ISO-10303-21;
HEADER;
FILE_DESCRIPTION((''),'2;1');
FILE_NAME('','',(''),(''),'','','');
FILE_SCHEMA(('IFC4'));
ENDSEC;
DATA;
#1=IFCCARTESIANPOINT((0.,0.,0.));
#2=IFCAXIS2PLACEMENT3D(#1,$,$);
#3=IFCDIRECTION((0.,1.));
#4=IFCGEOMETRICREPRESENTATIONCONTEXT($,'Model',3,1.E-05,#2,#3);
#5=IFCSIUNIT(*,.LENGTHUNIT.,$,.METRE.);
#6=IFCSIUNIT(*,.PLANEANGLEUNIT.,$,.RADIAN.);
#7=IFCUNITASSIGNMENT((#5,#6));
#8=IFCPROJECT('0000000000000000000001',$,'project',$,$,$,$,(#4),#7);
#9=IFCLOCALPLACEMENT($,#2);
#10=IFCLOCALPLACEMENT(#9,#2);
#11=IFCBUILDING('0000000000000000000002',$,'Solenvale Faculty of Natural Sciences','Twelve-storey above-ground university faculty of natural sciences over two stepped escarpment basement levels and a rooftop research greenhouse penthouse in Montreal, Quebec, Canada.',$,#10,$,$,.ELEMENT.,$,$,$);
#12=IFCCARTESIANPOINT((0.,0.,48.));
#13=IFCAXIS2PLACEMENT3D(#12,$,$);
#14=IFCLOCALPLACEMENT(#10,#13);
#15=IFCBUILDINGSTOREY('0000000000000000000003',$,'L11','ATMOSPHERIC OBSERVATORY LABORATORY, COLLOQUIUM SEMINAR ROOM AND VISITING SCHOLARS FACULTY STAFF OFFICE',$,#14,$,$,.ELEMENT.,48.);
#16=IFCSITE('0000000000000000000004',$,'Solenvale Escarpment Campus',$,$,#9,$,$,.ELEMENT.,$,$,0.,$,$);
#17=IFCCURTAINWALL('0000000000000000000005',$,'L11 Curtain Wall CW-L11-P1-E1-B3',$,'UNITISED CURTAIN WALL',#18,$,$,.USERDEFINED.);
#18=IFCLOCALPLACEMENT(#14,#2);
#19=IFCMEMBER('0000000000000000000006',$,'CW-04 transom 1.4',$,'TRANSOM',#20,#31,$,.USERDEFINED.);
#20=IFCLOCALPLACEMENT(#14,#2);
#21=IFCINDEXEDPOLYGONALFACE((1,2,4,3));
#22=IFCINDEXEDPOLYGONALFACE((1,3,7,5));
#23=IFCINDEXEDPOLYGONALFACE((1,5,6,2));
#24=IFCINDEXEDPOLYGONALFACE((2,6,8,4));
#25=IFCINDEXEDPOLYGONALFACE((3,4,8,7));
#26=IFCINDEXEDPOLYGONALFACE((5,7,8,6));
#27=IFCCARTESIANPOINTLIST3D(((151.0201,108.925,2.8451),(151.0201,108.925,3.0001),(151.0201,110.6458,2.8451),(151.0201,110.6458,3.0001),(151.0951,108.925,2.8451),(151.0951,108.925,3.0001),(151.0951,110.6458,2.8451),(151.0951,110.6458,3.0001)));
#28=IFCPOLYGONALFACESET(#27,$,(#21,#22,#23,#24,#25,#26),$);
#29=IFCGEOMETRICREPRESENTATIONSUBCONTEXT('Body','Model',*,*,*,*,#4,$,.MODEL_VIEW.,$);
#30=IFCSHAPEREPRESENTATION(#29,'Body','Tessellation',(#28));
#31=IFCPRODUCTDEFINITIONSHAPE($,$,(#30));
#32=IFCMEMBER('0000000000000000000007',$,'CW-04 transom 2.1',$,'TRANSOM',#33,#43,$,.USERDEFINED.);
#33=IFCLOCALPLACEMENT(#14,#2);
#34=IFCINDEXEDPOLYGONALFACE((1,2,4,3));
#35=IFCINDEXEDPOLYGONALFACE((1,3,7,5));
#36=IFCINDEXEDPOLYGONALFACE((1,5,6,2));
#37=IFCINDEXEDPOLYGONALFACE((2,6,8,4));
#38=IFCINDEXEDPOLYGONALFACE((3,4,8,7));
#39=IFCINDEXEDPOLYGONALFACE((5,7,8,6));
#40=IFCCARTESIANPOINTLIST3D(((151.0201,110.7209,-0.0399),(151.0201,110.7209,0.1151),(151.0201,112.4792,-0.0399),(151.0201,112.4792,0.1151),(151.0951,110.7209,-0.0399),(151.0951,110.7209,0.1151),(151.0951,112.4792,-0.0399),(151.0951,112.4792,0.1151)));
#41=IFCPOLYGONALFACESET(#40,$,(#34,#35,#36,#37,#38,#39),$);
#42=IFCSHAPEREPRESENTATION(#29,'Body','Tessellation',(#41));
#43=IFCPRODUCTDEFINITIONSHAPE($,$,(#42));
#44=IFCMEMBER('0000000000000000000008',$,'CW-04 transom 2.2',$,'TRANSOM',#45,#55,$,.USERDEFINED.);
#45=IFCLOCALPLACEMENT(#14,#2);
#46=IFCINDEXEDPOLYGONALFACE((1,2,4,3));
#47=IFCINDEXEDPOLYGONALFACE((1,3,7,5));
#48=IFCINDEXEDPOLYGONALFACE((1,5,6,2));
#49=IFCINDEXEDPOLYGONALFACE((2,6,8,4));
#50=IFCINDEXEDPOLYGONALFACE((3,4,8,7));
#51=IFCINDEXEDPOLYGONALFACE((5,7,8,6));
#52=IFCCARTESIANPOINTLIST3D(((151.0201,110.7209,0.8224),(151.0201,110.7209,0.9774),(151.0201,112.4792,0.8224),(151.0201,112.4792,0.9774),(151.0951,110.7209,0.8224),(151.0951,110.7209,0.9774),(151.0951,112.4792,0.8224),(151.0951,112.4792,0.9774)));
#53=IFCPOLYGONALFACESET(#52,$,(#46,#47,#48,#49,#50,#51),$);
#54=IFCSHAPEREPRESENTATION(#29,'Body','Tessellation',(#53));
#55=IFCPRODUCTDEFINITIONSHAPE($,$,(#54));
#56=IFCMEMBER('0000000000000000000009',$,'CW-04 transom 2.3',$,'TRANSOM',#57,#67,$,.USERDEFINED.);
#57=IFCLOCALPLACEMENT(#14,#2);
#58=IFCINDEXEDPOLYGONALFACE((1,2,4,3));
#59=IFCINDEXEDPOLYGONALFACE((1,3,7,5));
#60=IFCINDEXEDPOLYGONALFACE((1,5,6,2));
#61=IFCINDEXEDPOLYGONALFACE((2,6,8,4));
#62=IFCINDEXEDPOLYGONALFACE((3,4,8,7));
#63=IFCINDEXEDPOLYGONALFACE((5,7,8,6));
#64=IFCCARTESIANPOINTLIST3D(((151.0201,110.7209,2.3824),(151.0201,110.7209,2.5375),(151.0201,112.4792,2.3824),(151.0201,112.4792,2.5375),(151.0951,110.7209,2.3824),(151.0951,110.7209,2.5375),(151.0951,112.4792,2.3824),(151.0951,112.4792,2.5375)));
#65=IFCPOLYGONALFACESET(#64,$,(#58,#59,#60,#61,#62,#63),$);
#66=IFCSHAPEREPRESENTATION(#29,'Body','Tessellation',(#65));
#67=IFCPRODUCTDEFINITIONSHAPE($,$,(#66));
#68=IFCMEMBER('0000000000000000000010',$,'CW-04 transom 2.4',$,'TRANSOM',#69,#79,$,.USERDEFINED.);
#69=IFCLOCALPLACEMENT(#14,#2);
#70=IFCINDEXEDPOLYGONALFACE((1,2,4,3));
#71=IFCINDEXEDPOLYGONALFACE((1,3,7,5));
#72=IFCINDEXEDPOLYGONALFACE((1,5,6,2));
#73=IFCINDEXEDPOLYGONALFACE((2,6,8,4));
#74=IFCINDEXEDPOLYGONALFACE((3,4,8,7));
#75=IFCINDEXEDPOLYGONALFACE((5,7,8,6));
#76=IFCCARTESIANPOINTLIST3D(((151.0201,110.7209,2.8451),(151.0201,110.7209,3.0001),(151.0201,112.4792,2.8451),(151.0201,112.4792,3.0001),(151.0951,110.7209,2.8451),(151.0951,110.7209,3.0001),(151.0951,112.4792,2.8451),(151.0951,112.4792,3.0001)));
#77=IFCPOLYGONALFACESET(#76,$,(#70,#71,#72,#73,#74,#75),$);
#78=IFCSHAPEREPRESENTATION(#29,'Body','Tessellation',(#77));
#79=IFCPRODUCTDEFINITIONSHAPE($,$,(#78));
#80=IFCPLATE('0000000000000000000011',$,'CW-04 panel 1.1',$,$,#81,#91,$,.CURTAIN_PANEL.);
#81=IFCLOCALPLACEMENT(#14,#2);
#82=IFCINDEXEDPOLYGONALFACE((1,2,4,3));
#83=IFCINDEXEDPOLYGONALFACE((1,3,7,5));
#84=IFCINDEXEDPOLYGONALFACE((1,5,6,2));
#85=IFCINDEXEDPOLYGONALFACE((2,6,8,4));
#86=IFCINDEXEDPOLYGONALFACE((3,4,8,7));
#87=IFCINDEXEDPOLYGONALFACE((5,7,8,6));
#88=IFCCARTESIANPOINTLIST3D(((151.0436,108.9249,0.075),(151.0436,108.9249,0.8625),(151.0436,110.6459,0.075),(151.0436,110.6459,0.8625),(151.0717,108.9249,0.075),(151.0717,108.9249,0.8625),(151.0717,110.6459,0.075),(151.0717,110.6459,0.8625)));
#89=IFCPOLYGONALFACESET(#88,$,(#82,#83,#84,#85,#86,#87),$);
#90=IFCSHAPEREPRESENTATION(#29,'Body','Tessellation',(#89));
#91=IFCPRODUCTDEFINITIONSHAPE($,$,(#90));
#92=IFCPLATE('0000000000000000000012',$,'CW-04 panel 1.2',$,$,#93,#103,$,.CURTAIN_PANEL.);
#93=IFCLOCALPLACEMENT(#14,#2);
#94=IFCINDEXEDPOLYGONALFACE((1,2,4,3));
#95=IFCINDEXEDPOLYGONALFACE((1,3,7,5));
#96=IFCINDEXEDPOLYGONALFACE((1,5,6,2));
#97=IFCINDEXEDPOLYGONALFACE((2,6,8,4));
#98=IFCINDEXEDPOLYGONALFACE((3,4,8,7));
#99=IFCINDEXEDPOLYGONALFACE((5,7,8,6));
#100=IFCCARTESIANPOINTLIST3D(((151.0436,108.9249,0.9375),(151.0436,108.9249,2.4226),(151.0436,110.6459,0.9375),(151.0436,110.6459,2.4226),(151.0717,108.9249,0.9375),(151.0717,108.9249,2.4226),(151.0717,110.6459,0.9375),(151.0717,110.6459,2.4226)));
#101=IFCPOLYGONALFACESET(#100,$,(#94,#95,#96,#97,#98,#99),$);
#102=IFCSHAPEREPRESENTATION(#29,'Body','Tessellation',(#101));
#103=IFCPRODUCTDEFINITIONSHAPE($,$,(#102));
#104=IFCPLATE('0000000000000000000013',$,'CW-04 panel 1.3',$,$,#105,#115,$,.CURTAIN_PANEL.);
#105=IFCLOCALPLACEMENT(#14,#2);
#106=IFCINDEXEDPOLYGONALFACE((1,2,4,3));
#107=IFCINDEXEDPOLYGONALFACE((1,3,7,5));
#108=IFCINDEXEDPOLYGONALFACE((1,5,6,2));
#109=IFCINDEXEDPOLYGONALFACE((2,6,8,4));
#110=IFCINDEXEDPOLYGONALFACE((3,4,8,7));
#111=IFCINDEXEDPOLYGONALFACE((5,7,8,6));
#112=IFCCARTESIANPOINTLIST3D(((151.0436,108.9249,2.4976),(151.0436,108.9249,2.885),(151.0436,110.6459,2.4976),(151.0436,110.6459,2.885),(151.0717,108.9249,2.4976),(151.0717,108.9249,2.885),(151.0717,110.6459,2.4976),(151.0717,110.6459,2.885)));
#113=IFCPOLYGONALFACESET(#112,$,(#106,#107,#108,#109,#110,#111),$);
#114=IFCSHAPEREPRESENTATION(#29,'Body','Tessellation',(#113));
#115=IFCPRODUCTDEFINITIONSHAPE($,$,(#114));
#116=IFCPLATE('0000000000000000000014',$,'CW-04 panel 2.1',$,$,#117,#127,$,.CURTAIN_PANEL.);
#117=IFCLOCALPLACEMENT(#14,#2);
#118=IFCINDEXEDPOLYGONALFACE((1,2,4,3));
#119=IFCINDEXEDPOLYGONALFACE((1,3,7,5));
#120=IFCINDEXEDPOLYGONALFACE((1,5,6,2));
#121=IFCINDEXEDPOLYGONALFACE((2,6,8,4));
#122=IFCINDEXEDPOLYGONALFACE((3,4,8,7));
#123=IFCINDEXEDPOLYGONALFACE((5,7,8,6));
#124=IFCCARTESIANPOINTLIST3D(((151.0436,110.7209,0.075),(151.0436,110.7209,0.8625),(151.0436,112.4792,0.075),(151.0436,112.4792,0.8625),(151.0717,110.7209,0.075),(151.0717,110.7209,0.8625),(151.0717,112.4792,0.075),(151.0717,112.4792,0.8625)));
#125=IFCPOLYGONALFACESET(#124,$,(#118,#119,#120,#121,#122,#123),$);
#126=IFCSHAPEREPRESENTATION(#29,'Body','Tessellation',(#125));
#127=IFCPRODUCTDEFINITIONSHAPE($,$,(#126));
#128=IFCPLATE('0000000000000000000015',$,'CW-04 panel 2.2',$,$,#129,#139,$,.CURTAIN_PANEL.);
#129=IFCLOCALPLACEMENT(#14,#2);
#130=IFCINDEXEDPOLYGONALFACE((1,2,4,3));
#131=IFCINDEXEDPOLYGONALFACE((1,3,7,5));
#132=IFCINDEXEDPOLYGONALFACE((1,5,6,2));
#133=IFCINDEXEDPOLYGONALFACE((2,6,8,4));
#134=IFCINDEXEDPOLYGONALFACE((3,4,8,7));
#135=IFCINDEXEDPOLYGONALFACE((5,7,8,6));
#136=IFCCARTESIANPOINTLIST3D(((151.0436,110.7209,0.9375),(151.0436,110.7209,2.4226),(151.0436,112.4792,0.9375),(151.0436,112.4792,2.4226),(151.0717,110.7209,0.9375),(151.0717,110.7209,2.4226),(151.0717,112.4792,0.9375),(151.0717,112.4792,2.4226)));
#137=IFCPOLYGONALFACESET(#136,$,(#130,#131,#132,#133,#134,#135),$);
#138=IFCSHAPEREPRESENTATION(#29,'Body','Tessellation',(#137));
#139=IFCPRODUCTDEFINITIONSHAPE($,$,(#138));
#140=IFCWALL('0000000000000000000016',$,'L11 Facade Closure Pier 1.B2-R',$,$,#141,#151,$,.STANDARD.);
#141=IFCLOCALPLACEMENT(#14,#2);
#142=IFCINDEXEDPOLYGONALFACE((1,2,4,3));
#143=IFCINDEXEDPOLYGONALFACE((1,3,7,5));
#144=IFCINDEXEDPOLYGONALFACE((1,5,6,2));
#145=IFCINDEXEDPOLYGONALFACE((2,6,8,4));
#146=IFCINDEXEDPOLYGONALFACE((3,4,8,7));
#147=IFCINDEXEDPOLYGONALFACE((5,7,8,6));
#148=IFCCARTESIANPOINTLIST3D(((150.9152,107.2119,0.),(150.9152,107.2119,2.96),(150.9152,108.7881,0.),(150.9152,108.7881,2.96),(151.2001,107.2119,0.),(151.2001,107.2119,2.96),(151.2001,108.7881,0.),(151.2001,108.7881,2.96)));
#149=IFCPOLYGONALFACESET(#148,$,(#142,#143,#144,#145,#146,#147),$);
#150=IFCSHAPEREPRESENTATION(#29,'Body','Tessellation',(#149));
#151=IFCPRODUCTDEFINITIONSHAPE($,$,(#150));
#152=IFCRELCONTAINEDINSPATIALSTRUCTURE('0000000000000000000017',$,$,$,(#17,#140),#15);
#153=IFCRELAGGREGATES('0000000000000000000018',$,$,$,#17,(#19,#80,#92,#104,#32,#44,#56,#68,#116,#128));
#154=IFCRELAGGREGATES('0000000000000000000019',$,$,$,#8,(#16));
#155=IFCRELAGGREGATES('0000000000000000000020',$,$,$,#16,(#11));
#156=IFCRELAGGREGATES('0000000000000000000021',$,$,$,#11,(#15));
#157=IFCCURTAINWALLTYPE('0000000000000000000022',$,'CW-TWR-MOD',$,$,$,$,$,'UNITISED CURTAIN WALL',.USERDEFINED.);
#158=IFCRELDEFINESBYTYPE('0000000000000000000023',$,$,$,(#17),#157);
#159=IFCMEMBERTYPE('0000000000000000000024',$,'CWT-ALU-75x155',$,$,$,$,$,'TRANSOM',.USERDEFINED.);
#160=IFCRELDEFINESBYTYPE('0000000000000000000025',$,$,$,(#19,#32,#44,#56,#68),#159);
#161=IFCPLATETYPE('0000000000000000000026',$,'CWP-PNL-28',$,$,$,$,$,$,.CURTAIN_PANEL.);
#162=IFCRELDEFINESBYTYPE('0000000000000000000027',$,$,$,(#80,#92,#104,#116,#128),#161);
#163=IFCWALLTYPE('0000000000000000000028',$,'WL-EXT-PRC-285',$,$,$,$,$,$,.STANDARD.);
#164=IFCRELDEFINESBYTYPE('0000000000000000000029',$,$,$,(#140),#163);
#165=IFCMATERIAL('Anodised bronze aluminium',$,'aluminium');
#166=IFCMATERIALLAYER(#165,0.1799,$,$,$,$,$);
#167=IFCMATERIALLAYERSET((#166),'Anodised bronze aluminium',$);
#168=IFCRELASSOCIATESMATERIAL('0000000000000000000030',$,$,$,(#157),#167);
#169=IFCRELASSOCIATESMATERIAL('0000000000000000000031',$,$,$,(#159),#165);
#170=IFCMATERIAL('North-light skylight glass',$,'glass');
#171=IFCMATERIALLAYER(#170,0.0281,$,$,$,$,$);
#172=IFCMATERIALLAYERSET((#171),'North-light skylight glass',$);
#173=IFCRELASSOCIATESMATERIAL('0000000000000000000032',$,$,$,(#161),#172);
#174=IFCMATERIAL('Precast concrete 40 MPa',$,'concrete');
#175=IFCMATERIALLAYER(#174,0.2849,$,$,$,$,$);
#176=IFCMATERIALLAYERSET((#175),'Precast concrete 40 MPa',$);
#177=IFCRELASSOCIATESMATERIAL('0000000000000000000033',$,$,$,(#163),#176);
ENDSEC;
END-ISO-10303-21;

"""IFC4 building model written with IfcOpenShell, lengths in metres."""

from ifc_helpers import new_model, si_unit, direction, frame, frame_2d, origin, origin_2d, place, context, subcontext, project, spatial, rectangle, extrude, material, layer, layer_set, material_profile, profile_set, type_object, element, aggregate, save


model = new_model("IFC4")

# Units and contexts
model_context = context("Model", 3, precision=1e-05, world=origin(), true_north=direction((0.0, 1.0)))
body_context = subcontext(model_context, "Body", "Model", "MODEL_VIEW")
ifc_project = project(units=[si_unit("LENGTHUNIT", "METRE"), si_unit("PLANEANGLEUNIT", "RADIAN")], contexts=[model_context])

# Site, building, storey
site_placement = place(None, origin())
site = spatial("IfcSite", under=ifc_project, at=site_placement, Name="Solenvale Escarpment Campus", CompositionType="ELEMENT", RefElevation=0.0)
building_placement = place(site_placement, origin())
building = spatial("IfcBuilding", under=site, at=building_placement, Name="Solenvale Faculty of Natural Sciences", Description="Twelve-storey above-ground university faculty of natural sciences over two stepped escarpment basement levels and a rooftop research greenhouse penthouse in Montreal, Quebec, Canada.", CompositionType="ELEMENT")
storey_placement = place(building_placement, frame((0.0, 0.0, 48.0)))
storey = spatial("IfcBuildingStorey", under=building, at=storey_placement, Name="L11", Description="ATMOSPHERIC OBSERVATORY LABORATORY, COLLOQUIUM SEMINAR ROOM AND VISITING SCHOLARS FACULTY STAFF OFFICE", CompositionType="ELEMENT", Elevation=48.0)

# Shared definitions
ifc_material_1 = material(Name="Anodised bronze aluminium", Category="aluminium")
ifc_layer_1 = layer(ifc_material_1, 0.1799)
ifc_layer_set_1 = layer_set([ifc_layer_1], Name="Anodised bronze aluminium")
curtain_wall_type = type_object("IfcCurtainWallType", Name="CW-TWR-MOD", ElementType="UNITISED CURTAIN WALL", PredefinedType="USERDEFINED", material=ifc_layer_set_1)

# Curtain wall, members, plates
curtain_wall_1_placement = place(storey_placement, origin())
curtain_wall_1 = element("IfcCurtainWall", 1, at=curtain_wall_1_placement, inside=storey, type_object=curtain_wall_type, Name="L11 Curtain Wall CW-L11-P1-E1-B3", ObjectType="UNITISED CURTAIN WALL", PredefinedType="USERDEFINED")
ifc_material_profile_1 = material_profile(ifc_material_1, rectangle(XDim=0.075, YDim=0.155, at=origin_2d()), Name="ALU-TRN-75x155")
ifc_profile_set_1 = profile_set([ifc_material_profile_1], Name="Anodised bronze aluminium")
member_type_1 = type_object("IfcMemberType", Name="CWT-ALU-75x155", ElementType="TRANSOM", PredefinedType="USERDEFINED", material=ifc_profile_set_1)
member_1_placement = place(storey_placement, frame((151.0576, 108.925, 2.9226), z_axis=(0.0, 1.0, 0.0), x_axis=(-1.0, 0.0, 0.0)))
member_1 = element("IfcMember", 2, at=member_1_placement, type_object=member_type_1, Name="CW-04 transom 1.4", ObjectType="TRANSOM", PredefinedType="USERDEFINED", context=body_context, shape_type="SweptSolid", body=[
    extrude(rectangle(XDim=0.075, YDim=0.155, at=origin_2d()), origin(), (0.0, 0.0, 1.0), 1.7207),
])
member_2_placement = place(storey_placement, frame((151.0576, 110.7209, 0.0376), z_axis=(0.0, 1.0, 0.0), x_axis=(-1.0, 0.0, 0.0)))
member_2 = element("IfcMember", 3, at=member_2_placement, type_object=member_type_1, Name="CW-04 transom 2.1", ObjectType="TRANSOM", PredefinedType="USERDEFINED", context=body_context, shape_type="SweptSolid", body=[
    extrude(rectangle(XDim=0.075, YDim=0.155, at=origin_2d()), origin(), (0.0, 0.0, 1.0), 1.7583),
])
member_3_placement = place(storey_placement, frame((151.0576, 110.7209, 0.8999), z_axis=(0.0, 1.0, 0.0), x_axis=(-1.0, 0.0, 0.0)))
member_3 = element("IfcMember", 4, at=member_3_placement, type_object=member_type_1, Name="CW-04 transom 2.2", ObjectType="TRANSOM", PredefinedType="USERDEFINED", context=body_context, shape_type="SweptSolid", body=[
    extrude(rectangle(XDim=0.075, YDim=0.155, at=origin_2d()), origin(), (0.0, 0.0, 1.0), 1.7583),
])
member_4_placement = place(storey_placement, frame((151.0576, 110.7209, 2.46), z_axis=(0.0, 1.0, 0.0), x_axis=(-1.0, 0.0, 0.0)))
member_4 = element("IfcMember", 5, at=member_4_placement, type_object=member_type_1, Name="CW-04 transom 2.3", ObjectType="TRANSOM", PredefinedType="USERDEFINED", context=body_context, shape_type="SweptSolid", body=[
    extrude(rectangle(XDim=0.075, YDim=0.155, at=origin_2d()), origin(), (0.0, 0.0, 1.0), 1.7583),
])
member_5_placement = place(storey_placement, frame((151.0576, 110.7209, 2.9226), z_axis=(0.0, 1.0, 0.0), x_axis=(-1.0, 0.0, 0.0)))
member_5 = element("IfcMember", 6, at=member_5_placement, type_object=member_type_1, Name="CW-04 transom 2.4", ObjectType="TRANSOM", PredefinedType="USERDEFINED", context=body_context, shape_type="SweptSolid", body=[
    extrude(rectangle(XDim=0.075, YDim=0.155, at=origin_2d()), origin(), (0.0, 0.0, 1.0), 1.7583),
])
ifc_material_2 = material(Name="North-light skylight glass", Category="glass")
ifc_layer_2 = layer(ifc_material_2, 0.0281)
ifc_layer_set_2 = layer_set([ifc_layer_2], Name="North-light skylight glass")
plate_type = type_object("IfcPlateType", Name="CWP-PNL-28", PredefinedType="CURTAIN_PANEL", material=ifc_layer_set_2)
plate_1_placement = place(storey_placement, frame((151.0576, 109.7854, 0.075), z_axis=(0.0, 0.0, 1.0), x_axis=(0.0, 1.0, 0.0)))
plate_1 = element("IfcPlate", 7, at=plate_1_placement, type_object=plate_type, Name="CW-04 panel 1.1", PredefinedType="CURTAIN_PANEL", context=body_context, shape_type="SweptSolid", body=[
    extrude(rectangle(XDim=1.7209, YDim=0.0281, at=origin_2d()), origin(), (0.0, 0.0, 1.0), 0.7876),
])
plate_2_placement = place(storey_placement, frame((151.0576, 109.7854, 0.9375), z_axis=(0.0, 0.0, 1.0), x_axis=(0.0, 1.0, 0.0)))
plate_2 = element("IfcPlate", 8, at=plate_2_placement, type_object=plate_type, Name="CW-04 panel 1.2", PredefinedType="CURTAIN_PANEL", context=body_context, shape_type="SweptSolid", body=[
    extrude(rectangle(XDim=1.7209, YDim=0.0281, at=origin_2d()), origin(), (0.0, 0.0, 1.0), 1.4851),
])
plate_3_placement = place(storey_placement, frame((151.0576, 109.7854, 2.4976), z_axis=(0.0, 0.0, 1.0), x_axis=(0.0, 1.0, 0.0)))
plate_3 = element("IfcPlate", 9, at=plate_3_placement, type_object=plate_type, Name="CW-04 panel 1.3", PredefinedType="CURTAIN_PANEL", context=body_context, shape_type="SweptSolid", body=[
    extrude(rectangle(XDim=1.7209, YDim=0.0281, at=origin_2d()), origin(), (0.0, 0.0, 1.0), 0.3875),
])
plate_4_placement = place(storey_placement, frame((151.0576, 111.6001, 0.075), z_axis=(0.0, 0.0, 1.0), x_axis=(0.0, 1.0, 0.0)))
plate_4 = element("IfcPlate", 10, at=plate_4_placement, type_object=plate_type, Name="CW-04 panel 2.1", PredefinedType="CURTAIN_PANEL", context=body_context, shape_type="SweptSolid", body=[
    extrude(rectangle(XDim=1.7583, YDim=0.0281, at=origin_2d()), origin(), (0.0, 0.0, 1.0), 0.7876),
])
plate_5_placement = place(storey_placement, frame((151.0576, 111.6001, 0.9375), z_axis=(0.0, 0.0, 1.0), x_axis=(0.0, 1.0, 0.0)))
plate_5 = element("IfcPlate", 11, at=plate_5_placement, type_object=plate_type, Name="CW-04 panel 2.2", PredefinedType="CURTAIN_PANEL", context=body_context, shape_type="SweptSolid", body=[
    extrude(rectangle(XDim=1.7583, YDim=0.0281, at=origin_2d()), origin(), (0.0, 0.0, 1.0), 1.4851),
])
aggregate(curtain_wall_1, [member_1, plate_1, plate_2, plate_3, member_2, member_3, member_4, member_5, plate_4, plate_5])

# Wall
ifc_material_3 = material(Name="Precast concrete 40 MPa", Category="concrete")
ifc_layer_3 = layer(ifc_material_3, 0.2849)
ifc_layer_set_3 = layer_set([ifc_layer_3], Name="Precast concrete 40 MPa")
wall_type = type_object("IfcWallType", Name="WL-EXT-PRC-285", PredefinedType="STANDARD", material=ifc_layer_set_3)
wall_placement = place(storey_placement, frame((151.0576, 107.2119, 0.0), z_axis=(0.0, 0.0, 1.0), x_axis=(0.0, 1.0, 0.0)))
element("IfcWall", 12, at=wall_placement, inside=storey, type_object=wall_type, Name="L11 Facade Closure Pier 1.B2-R", PredefinedType="STANDARD", context=body_context, shape_type="SweptSolid", body=[
    extrude(rectangle(XDim=1.5762, YDim=0.2849, at=frame_2d((0.7881, 0.0))), origin(), (0.0, 0.0, 1.0), 2.96),
])

save(model, "model.ifc")
